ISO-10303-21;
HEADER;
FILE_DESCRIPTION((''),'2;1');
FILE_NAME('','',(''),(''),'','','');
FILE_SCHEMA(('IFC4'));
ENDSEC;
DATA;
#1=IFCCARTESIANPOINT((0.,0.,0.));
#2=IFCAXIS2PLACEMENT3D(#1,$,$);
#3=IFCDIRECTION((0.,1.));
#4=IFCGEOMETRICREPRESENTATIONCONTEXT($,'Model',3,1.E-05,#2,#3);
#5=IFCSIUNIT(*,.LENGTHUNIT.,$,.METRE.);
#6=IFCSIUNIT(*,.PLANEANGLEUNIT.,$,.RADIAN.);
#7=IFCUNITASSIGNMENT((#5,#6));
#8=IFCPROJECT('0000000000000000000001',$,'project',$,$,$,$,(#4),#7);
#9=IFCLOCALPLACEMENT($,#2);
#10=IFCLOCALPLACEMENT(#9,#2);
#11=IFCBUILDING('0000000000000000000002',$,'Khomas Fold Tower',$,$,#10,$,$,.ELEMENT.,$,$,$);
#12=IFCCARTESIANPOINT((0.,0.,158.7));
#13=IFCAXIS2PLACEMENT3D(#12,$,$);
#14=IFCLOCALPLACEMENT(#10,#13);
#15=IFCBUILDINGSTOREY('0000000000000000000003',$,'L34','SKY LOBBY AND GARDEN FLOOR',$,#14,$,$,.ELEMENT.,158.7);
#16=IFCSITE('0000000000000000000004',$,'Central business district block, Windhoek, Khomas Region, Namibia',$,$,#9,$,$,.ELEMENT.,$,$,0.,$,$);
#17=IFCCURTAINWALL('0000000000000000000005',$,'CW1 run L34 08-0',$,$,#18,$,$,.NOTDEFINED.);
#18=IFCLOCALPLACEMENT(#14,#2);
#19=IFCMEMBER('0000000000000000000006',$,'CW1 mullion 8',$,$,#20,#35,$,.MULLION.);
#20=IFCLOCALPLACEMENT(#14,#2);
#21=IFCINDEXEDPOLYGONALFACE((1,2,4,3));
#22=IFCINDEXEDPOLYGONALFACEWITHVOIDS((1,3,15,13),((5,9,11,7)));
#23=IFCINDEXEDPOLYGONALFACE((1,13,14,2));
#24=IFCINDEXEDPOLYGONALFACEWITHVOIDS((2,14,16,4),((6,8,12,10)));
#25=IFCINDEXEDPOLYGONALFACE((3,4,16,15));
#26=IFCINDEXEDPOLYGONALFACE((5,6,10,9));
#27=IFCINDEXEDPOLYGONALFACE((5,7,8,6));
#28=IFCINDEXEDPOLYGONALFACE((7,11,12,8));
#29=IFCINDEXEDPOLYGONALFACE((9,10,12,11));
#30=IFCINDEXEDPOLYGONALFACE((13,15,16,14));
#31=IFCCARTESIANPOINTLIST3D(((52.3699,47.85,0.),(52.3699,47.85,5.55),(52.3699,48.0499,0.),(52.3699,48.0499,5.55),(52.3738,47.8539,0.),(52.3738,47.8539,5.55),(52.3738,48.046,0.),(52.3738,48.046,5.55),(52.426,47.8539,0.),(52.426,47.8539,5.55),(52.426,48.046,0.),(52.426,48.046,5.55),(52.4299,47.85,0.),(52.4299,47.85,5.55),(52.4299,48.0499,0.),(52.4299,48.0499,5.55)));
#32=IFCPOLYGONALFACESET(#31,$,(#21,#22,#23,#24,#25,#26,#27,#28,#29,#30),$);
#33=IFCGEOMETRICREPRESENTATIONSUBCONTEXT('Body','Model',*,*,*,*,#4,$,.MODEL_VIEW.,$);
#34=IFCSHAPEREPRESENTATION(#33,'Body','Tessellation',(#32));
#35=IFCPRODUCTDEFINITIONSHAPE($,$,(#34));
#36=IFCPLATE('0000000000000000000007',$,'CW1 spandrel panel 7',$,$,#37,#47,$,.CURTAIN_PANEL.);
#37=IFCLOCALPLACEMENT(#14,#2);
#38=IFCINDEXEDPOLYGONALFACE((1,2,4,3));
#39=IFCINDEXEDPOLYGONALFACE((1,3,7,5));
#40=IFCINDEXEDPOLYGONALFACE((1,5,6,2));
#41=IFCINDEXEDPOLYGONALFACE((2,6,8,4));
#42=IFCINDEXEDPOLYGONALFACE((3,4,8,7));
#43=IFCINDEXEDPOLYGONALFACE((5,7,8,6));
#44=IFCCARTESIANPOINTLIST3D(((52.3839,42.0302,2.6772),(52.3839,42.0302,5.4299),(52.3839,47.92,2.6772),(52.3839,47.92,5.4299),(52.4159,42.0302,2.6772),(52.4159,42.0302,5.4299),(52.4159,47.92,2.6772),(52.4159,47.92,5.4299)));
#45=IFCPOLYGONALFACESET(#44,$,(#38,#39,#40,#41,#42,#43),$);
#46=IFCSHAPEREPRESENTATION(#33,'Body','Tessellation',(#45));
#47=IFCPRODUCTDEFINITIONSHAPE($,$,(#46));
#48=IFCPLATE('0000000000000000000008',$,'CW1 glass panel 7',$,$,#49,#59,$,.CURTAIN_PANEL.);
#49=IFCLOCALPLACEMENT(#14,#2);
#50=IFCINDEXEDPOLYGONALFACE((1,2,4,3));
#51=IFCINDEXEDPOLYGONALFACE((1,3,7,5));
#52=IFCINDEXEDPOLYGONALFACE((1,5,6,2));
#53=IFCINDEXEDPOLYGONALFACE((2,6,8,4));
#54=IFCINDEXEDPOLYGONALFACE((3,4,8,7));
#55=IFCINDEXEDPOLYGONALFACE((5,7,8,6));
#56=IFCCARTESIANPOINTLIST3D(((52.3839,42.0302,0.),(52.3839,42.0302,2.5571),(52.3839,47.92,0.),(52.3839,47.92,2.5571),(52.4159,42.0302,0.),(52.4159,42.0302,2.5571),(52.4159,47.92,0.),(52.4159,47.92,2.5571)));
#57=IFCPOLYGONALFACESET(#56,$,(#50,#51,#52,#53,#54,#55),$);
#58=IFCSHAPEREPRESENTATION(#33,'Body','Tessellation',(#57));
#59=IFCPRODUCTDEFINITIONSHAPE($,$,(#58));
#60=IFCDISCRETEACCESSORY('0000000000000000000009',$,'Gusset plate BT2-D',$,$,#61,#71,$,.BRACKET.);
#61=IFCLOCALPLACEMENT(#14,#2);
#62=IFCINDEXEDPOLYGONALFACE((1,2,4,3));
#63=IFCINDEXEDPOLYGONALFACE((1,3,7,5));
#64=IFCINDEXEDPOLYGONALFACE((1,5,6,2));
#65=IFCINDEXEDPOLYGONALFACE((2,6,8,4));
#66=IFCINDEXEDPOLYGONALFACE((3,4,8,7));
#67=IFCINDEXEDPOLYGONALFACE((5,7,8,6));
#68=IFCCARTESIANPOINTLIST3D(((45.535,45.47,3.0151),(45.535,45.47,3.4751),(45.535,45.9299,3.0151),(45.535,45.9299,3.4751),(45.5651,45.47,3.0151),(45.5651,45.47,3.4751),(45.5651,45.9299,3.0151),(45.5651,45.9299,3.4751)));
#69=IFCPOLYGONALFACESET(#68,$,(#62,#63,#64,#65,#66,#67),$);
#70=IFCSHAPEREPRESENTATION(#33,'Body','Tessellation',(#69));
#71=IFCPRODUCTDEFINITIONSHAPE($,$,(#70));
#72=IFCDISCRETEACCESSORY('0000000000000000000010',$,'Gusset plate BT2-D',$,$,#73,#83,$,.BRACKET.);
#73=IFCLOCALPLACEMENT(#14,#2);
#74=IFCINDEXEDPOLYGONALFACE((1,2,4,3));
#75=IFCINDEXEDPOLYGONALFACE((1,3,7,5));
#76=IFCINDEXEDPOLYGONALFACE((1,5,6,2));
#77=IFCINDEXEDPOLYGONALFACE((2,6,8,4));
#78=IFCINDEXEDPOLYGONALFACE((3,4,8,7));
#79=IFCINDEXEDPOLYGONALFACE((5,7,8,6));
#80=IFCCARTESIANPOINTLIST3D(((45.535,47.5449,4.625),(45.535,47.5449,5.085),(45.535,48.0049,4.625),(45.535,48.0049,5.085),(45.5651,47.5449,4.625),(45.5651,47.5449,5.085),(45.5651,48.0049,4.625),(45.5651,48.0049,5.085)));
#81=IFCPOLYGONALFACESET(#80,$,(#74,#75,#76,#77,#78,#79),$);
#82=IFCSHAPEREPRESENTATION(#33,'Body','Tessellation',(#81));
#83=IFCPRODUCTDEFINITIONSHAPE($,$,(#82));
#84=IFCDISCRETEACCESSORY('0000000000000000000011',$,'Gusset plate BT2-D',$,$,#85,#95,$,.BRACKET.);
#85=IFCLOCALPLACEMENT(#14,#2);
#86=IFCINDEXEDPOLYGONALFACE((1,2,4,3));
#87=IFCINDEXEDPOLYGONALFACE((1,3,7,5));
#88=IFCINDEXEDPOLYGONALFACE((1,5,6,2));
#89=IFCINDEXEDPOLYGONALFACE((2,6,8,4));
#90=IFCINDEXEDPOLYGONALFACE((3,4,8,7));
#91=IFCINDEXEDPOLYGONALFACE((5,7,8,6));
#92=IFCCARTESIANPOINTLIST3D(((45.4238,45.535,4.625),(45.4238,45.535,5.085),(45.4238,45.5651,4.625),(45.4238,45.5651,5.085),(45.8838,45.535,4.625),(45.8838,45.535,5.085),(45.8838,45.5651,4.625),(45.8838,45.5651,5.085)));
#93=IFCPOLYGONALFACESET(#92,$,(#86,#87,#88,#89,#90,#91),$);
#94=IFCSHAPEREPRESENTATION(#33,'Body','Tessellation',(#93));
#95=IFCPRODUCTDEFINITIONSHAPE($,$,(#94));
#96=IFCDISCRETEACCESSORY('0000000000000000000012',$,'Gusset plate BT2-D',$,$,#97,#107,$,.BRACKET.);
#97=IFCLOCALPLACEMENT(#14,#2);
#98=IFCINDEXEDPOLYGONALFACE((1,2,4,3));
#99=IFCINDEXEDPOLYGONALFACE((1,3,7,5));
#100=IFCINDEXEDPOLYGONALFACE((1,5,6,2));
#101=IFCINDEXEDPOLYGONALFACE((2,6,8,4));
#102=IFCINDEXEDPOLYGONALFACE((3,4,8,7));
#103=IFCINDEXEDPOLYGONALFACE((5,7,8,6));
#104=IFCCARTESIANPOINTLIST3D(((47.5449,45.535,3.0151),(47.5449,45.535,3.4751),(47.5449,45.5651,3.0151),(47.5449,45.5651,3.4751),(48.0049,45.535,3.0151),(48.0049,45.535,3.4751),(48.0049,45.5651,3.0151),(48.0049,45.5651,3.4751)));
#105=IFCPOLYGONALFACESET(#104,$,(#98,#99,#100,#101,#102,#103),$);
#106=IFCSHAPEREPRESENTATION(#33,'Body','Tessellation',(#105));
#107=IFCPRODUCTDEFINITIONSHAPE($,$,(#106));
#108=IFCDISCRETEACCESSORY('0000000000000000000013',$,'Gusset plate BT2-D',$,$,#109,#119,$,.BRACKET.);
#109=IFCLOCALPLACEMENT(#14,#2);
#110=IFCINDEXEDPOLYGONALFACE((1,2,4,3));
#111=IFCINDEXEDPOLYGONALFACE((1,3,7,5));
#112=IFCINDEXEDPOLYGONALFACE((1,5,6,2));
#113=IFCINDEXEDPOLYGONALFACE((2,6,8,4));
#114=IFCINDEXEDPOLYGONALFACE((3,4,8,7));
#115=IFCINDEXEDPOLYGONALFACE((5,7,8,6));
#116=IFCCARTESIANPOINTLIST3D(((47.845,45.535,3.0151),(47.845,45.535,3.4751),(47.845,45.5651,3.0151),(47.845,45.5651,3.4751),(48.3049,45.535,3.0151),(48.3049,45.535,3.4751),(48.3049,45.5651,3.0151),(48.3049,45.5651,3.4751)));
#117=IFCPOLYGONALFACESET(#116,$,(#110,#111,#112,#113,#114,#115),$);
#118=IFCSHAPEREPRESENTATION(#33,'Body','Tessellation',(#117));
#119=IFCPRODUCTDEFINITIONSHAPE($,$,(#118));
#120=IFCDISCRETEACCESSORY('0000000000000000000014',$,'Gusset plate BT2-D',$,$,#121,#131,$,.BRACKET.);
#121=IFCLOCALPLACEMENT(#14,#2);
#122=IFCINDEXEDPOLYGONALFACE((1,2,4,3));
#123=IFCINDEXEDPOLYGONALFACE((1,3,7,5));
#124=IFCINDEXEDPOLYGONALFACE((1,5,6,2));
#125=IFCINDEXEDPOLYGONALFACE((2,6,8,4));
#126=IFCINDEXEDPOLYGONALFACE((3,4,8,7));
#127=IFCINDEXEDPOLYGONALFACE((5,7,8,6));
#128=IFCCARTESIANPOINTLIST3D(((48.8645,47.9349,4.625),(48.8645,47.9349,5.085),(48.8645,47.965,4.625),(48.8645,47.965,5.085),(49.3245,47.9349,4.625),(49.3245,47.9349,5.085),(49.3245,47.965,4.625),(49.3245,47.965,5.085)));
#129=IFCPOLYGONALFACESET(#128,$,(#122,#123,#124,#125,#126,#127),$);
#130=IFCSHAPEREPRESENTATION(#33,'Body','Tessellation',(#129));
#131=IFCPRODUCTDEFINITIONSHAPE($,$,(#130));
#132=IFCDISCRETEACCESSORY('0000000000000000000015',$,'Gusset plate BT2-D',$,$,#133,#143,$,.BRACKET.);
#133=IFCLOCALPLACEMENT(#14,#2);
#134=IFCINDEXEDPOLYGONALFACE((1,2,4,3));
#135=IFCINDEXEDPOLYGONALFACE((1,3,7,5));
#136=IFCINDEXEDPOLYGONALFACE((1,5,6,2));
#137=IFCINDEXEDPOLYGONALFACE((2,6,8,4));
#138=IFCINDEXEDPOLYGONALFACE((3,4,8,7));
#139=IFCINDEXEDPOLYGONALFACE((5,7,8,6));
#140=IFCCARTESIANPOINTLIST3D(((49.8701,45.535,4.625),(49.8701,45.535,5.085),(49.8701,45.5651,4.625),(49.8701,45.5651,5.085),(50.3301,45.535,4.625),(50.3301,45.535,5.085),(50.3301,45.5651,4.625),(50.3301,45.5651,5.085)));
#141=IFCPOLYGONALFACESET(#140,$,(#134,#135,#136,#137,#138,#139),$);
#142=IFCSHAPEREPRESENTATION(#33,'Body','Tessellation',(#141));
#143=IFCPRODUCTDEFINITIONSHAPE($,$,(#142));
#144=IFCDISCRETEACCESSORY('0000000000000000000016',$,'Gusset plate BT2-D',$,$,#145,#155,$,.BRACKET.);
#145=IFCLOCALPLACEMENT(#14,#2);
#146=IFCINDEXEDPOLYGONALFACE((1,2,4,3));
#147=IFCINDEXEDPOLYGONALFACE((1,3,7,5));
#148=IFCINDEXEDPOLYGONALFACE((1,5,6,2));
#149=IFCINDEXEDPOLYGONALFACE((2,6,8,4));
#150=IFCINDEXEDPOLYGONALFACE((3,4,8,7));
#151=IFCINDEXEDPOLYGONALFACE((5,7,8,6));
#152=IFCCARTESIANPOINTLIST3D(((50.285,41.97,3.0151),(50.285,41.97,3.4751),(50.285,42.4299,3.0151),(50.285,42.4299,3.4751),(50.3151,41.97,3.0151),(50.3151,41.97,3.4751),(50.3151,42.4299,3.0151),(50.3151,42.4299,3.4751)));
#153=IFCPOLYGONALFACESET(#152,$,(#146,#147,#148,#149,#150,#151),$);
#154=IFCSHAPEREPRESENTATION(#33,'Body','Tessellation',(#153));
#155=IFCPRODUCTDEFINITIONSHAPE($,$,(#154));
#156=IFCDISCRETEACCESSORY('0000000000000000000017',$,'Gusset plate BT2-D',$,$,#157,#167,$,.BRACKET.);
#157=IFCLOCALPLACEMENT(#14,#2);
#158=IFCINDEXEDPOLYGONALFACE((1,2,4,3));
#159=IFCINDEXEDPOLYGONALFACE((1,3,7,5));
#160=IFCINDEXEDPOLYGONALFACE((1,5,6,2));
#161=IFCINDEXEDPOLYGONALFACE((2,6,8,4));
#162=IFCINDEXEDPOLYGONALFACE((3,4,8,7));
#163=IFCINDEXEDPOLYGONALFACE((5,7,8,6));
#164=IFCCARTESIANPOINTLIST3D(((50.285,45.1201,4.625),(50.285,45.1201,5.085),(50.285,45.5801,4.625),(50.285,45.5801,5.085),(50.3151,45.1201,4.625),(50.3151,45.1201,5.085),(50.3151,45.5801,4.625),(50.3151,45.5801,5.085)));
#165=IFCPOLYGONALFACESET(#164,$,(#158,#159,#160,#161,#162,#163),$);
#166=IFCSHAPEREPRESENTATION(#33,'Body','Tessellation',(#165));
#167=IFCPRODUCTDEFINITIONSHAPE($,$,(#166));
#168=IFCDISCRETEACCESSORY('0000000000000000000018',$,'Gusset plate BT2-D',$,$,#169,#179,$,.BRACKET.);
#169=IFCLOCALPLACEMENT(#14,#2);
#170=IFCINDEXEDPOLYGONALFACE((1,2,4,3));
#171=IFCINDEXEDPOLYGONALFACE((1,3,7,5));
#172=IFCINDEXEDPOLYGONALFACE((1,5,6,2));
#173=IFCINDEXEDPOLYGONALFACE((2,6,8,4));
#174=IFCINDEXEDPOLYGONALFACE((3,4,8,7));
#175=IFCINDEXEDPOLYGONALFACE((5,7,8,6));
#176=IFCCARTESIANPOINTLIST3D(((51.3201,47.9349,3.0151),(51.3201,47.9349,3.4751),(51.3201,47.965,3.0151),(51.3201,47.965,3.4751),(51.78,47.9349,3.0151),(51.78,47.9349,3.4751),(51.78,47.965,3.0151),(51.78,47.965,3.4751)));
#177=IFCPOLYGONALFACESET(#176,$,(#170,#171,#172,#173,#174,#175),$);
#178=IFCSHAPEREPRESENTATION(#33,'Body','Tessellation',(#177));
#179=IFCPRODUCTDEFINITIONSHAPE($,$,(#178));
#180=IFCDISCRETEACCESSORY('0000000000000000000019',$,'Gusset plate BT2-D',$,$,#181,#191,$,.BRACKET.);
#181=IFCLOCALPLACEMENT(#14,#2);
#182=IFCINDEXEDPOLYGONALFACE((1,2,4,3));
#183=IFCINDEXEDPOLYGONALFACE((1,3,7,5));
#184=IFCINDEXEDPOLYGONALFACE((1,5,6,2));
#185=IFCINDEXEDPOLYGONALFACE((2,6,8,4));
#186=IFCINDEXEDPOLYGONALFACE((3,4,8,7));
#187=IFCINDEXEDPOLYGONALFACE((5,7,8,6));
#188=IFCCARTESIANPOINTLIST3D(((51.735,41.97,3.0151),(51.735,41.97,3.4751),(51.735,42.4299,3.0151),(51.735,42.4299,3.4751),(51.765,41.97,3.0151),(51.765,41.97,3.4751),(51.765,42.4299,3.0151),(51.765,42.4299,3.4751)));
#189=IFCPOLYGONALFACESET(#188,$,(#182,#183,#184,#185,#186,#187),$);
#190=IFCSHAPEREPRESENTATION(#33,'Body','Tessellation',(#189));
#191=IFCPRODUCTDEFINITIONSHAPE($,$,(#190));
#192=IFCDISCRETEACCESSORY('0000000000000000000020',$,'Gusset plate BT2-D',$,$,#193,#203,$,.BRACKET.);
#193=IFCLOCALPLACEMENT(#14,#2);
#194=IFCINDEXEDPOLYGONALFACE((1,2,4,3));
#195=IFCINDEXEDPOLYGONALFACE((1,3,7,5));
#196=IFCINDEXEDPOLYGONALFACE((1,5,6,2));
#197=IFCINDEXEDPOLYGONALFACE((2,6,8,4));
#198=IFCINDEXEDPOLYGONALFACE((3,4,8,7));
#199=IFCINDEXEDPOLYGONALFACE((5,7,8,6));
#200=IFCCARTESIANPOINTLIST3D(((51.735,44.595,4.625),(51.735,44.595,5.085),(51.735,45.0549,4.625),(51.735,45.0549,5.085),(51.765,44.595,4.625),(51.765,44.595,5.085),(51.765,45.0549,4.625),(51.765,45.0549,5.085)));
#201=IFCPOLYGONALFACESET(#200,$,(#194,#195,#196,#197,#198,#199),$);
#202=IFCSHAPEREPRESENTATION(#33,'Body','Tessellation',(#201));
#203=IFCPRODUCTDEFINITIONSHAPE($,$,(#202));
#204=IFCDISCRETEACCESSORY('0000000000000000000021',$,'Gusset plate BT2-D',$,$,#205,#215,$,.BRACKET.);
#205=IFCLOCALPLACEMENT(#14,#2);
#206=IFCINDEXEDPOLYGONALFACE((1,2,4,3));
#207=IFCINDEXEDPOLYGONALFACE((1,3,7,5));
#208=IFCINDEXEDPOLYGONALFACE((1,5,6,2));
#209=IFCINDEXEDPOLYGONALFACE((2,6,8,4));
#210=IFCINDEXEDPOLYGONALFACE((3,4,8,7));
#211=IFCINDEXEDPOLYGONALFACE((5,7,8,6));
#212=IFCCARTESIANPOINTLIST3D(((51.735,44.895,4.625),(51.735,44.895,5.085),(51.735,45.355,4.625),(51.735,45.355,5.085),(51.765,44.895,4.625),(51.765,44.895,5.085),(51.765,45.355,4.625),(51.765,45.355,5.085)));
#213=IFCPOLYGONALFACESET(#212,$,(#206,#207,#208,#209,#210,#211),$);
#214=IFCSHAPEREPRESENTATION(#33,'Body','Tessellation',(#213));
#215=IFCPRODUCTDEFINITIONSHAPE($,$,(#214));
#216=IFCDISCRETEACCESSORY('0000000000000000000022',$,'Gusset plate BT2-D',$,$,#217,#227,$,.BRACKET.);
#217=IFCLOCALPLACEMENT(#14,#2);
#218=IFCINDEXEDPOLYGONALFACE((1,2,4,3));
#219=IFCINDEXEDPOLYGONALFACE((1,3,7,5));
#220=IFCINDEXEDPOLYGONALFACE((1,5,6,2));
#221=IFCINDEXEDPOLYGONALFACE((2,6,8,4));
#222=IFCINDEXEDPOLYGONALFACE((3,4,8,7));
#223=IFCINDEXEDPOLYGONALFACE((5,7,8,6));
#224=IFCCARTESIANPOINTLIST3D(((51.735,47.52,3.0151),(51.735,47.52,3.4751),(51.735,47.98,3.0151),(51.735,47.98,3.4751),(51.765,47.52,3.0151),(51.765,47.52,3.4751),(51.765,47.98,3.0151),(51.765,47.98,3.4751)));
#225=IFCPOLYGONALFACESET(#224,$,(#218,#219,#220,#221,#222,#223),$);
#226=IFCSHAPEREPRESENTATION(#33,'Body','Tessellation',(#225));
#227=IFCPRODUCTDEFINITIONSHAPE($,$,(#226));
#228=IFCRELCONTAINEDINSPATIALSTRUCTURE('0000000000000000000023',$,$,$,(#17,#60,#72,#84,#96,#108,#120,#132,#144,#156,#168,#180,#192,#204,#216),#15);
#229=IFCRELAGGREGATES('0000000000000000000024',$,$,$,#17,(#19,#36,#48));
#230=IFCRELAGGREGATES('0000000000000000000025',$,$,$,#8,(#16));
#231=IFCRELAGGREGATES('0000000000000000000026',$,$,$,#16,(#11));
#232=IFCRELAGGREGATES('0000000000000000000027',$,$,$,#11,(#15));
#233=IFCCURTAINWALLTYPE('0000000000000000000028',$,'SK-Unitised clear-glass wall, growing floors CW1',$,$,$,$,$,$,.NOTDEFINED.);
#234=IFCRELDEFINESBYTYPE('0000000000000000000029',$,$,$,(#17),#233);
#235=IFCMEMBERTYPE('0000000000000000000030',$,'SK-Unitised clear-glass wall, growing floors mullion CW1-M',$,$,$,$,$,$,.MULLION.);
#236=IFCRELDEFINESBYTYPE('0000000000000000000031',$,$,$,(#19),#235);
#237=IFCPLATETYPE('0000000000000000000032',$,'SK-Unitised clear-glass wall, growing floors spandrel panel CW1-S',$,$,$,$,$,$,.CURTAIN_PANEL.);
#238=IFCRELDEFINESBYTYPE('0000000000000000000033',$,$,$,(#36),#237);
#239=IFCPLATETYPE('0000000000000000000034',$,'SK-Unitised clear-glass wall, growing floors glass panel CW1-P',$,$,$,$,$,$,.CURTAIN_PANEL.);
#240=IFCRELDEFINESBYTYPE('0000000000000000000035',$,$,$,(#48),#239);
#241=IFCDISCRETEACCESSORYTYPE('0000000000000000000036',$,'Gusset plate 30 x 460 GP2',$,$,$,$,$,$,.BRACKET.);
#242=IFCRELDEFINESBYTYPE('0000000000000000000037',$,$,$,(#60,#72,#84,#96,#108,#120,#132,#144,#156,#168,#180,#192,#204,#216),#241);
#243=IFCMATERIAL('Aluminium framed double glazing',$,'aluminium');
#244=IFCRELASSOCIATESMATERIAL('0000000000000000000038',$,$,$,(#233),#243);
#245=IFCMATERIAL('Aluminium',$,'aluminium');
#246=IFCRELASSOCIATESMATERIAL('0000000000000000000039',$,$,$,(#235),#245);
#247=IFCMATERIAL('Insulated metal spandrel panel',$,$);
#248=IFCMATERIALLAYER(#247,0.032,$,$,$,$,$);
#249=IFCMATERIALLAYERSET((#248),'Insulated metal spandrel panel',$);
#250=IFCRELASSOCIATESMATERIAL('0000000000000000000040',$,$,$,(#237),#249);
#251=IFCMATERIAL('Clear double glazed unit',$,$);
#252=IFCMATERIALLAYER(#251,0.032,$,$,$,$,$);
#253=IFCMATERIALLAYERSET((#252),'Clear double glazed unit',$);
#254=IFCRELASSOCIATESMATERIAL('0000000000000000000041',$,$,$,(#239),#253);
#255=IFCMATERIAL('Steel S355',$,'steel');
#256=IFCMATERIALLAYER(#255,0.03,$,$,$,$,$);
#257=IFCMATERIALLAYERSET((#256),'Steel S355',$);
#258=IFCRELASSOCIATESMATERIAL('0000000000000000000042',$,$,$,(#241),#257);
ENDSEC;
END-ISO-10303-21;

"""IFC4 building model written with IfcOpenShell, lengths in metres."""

from ifc_helpers import new_model, si_unit, direction, frame, origin, origin_2d, place, context, subcontext, project, spatial, rectangle, hollow_rectangle, extrude, source, transform, mapped, material, layer, layer_set, material_profile, profile_set, type_object, element, aggregate, save


model = new_model("IFC4")

# Units and contexts
model_context = context("Model", 3, precision=1e-05, world=origin(), true_north=direction((0.0, 1.0)))
body_context = subcontext(model_context, "Body", "Model", "MODEL_VIEW")
ifc_project = project(units=[si_unit("LENGTHUNIT", "METRE"), si_unit("PLANEANGLEUNIT", "RADIAN")], contexts=[model_context])

# Site, building, storey
site_placement = place(None, origin())
site = spatial("IfcSite", under=ifc_project, at=site_placement, Name="Central business district block, Windhoek, Khomas Region, Namibia", CompositionType="ELEMENT", RefElevation=0.0)
building_placement = place(site_placement, origin())
building = spatial("IfcBuilding", under=site, at=building_placement, Name="Khomas Fold Tower", CompositionType="ELEMENT")
storey_placement = place(building_placement, frame((0.0, 0.0, 158.7)))
storey = spatial("IfcBuildingStorey", under=building, at=storey_placement, Name="L34", Description="SKY LOBBY AND GARDEN FLOOR", CompositionType="ELEMENT", Elevation=158.7)

# Curtain wall, member, plates
ifc_material_1 = material(Name="Aluminium framed double glazing", Category="aluminium")
curtain_wall_type = type_object("IfcCurtainWallType", Name="SK-Unitised clear-glass wall, growing floors CW1", PredefinedType="NOTDEFINED", material=ifc_material_1)
curtain_wall_placement = place(storey_placement, origin())
curtain_wall = element("IfcCurtainWall", 1, at=curtain_wall_placement, inside=storey, type_object=curtain_wall_type, Name="CW1 run L34 08-0", PredefinedType="NOTDEFINED")
ifc_material_2 = material(Name="Aluminium", Category="aluminium")
ifc_material_profile_1 = material_profile(ifc_material_2, hollow_rectangle(XDim=0.0601, YDim=0.2, WallThickness=0.0039, at=origin_2d()), Name="SK-Unitised clear-glass wall, growing floors mullion CW1-M")
ifc_profile_set_1 = profile_set([ifc_material_profile_1], Name="Aluminium")
member_type_1 = type_object("IfcMemberType", Name="SK-Unitised clear-glass wall, growing floors mullion CW1-M", PredefinedType="MULLION", material=ifc_profile_set_1)
shared_shape_1 = source(origin(), body_context, "Body", "SweptSolid", [
    extrude(hollow_rectangle(XDim=0.0601, YDim=0.2, WallThickness=0.0039, at=origin_2d()), origin(), (0.0, 0.0, 1.0), 5.55),
])
member_1_placement = place(storey_placement, frame((52.3999, 47.95, 0.0), z_axis=(0.0, 0.0, 1.0), x_axis=(-1.0, 0.0, 0.0)))
member_1 = element("IfcMember", 2, at=member_1_placement, type_object=member_type_1, Name="CW1 mullion 8", PredefinedType="MULLION", context=body_context, shape_type="MappedRepresentation", body=[
    mapped(shared_shape_1, transform((0.0, 0.0, 0.0))),
])
ifc_material_3 = material(Name="Insulated metal spandrel panel")
ifc_layer_1 = layer(ifc_material_3, 0.032)
ifc_layer_set_1 = layer_set([ifc_layer_1], Name="Insulated metal spandrel panel")
plate_type_1 = type_object("IfcPlateType", Name="SK-Unitised clear-glass wall, growing floors spandrel panel CW1-S", PredefinedType="CURTAIN_PANEL", material=ifc_layer_set_1)
shared_shape_2 = source(origin(), body_context, "Body", "SweptSolid", [
    extrude(rectangle(XDim=5.8899, YDim=0.032, at=origin_2d()), origin(), (0.0, 0.0, 1.0), 2.7527),
])
plate_1_placement = place(storey_placement, frame((52.3999, 44.9751, 2.6772), z_axis=(0.0, 0.0, 1.0), x_axis=(0.0, 1.0, 0.0)))
plate_1 = element("IfcPlate", 3, at=plate_1_placement, type_object=plate_type_1, Name="CW1 spandrel panel 7", PredefinedType="CURTAIN_PANEL", context=body_context, shape_type="MappedRepresentation", body=[
    mapped(shared_shape_2, transform((0.0, 0.0, 0.0))),
])
ifc_material_4 = material(Name="Clear double glazed unit")
ifc_layer_2 = layer(ifc_material_4, 0.032)
ifc_layer_set_2 = layer_set([ifc_layer_2], Name="Clear double glazed unit")
plate_type_2 = type_object("IfcPlateType", Name="SK-Unitised clear-glass wall, growing floors glass panel CW1-P", PredefinedType="CURTAIN_PANEL", material=ifc_layer_set_2)
shared_shape_3 = source(origin(), body_context, "Body", "SweptSolid", [
    extrude(rectangle(XDim=5.8899, YDim=0.032, at=origin_2d()), origin(), (0.0, 0.0, 1.0), 2.5571),
])
plate_2_placement = place(storey_placement, frame((52.3999, 44.9751, 0.0), z_axis=(0.0, 0.0, 1.0), x_axis=(0.0, 1.0, 0.0)))
plate_2 = element("IfcPlate", 4, at=plate_2_placement, type_object=plate_type_2, Name="CW1 glass panel 7", PredefinedType="CURTAIN_PANEL", context=body_context, shape_type="MappedRepresentation", body=[
    mapped(shared_shape_3, transform((0.0, 0.0, 0.0))),
])
aggregate(curtain_wall, [member_1, plate_1, plate_2])

# Discrete accessories
ifc_material_5 = material(Name="Steel S355", Category="steel")
ifc_layer_3 = layer(ifc_material_5, 0.03)
ifc_layer_set_3 = layer_set([ifc_layer_3], Name="Steel S355")
discrete_accessory_type = type_object("IfcDiscreteAccessoryType", Name="Gusset plate 30 x 460 GP2", PredefinedType="BRACKET", material=ifc_layer_set_3)
shared_shape_4 = source(origin(), body_context, "Body", "SweptSolid", [
    extrude(rectangle(XDim=0.46, YDim=0.03, at=origin_2d()), origin(), (0.0, 0.0, 1.0), 0.46),
])
for number, where, z_axis, x_axis, name in (
    (5, (45.55, 45.7, 3.0151), (0.0, 0.0, 1.0), (0.0, 1.0, 0.0), "Gusset plate BT2-D"),
    (6, (45.55, 47.7749, 4.625), (0.0, 0.0, 1.0), (0.0, 1.0, 0.0), "Gusset plate BT2-D"),
    (7, (45.6538, 45.55, 4.625), (0.0, 0.0, 1.0), (1.0, 0.0, 0.0), "Gusset plate BT2-D"),
    (8, (47.7749, 45.55, 3.0151), (0.0, 0.0, 1.0), (1.0, 0.0, 0.0), "Gusset plate BT2-D"),
    (9, (48.075, 45.55, 3.0151), (0.0, 0.0, 1.0), (1.0, 0.0, 0.0), "Gusset plate BT2-D"),
    (10, (49.0945, 47.95, 4.625), (0.0, 0.0, 1.0), (1.0, 0.0, 0.0), "Gusset plate BT2-D"),
    (11, (50.1001, 45.55, 4.625), (0.0, 0.0, 1.0), (1.0, 0.0, 0.0), "Gusset plate BT2-D"),
    (12, (50.3, 42.2, 3.0151), (0.0, 0.0, 1.0), (0.0, 1.0, 0.0), "Gusset plate BT2-D"),
    (13, (50.3, 45.3501, 4.625), (0.0, 0.0, 1.0), (0.0, 1.0, 0.0), "Gusset plate BT2-D"),
    (14, (51.55, 47.95, 3.0151), (0.0, 0.0, 1.0), (1.0, 0.0, 0.0), "Gusset plate BT2-D"),
    (15, (51.75, 42.2, 3.0151), (0.0, 0.0, 1.0), (0.0, 1.0, 0.0), "Gusset plate BT2-D"),
    (16, (51.75, 44.825, 4.625), (0.0, 0.0, 1.0), (0.0, 1.0, 0.0), "Gusset plate BT2-D"),
    (17, (51.75, 45.125, 4.625), (0.0, 0.0, 1.0), (0.0, 1.0, 0.0), "Gusset plate BT2-D"),
    (18, (51.75, 47.75, 3.0151), (0.0, 0.0, 1.0), (0.0, 1.0, 0.0), "Gusset plate BT2-D"),
):
    element("IfcDiscreteAccessory", number, at=place(storey_placement, frame(where, z_axis=z_axis, x_axis=x_axis)), inside=storey, type_object=discrete_accessory_type, Name=name, PredefinedType="BRACKET", context=body_context, shape_type="MappedRepresentation", body=[
        mapped(shared_shape_4, transform((0.0, 0.0, 0.0))),
    ])

save(model, "model.ifc")
